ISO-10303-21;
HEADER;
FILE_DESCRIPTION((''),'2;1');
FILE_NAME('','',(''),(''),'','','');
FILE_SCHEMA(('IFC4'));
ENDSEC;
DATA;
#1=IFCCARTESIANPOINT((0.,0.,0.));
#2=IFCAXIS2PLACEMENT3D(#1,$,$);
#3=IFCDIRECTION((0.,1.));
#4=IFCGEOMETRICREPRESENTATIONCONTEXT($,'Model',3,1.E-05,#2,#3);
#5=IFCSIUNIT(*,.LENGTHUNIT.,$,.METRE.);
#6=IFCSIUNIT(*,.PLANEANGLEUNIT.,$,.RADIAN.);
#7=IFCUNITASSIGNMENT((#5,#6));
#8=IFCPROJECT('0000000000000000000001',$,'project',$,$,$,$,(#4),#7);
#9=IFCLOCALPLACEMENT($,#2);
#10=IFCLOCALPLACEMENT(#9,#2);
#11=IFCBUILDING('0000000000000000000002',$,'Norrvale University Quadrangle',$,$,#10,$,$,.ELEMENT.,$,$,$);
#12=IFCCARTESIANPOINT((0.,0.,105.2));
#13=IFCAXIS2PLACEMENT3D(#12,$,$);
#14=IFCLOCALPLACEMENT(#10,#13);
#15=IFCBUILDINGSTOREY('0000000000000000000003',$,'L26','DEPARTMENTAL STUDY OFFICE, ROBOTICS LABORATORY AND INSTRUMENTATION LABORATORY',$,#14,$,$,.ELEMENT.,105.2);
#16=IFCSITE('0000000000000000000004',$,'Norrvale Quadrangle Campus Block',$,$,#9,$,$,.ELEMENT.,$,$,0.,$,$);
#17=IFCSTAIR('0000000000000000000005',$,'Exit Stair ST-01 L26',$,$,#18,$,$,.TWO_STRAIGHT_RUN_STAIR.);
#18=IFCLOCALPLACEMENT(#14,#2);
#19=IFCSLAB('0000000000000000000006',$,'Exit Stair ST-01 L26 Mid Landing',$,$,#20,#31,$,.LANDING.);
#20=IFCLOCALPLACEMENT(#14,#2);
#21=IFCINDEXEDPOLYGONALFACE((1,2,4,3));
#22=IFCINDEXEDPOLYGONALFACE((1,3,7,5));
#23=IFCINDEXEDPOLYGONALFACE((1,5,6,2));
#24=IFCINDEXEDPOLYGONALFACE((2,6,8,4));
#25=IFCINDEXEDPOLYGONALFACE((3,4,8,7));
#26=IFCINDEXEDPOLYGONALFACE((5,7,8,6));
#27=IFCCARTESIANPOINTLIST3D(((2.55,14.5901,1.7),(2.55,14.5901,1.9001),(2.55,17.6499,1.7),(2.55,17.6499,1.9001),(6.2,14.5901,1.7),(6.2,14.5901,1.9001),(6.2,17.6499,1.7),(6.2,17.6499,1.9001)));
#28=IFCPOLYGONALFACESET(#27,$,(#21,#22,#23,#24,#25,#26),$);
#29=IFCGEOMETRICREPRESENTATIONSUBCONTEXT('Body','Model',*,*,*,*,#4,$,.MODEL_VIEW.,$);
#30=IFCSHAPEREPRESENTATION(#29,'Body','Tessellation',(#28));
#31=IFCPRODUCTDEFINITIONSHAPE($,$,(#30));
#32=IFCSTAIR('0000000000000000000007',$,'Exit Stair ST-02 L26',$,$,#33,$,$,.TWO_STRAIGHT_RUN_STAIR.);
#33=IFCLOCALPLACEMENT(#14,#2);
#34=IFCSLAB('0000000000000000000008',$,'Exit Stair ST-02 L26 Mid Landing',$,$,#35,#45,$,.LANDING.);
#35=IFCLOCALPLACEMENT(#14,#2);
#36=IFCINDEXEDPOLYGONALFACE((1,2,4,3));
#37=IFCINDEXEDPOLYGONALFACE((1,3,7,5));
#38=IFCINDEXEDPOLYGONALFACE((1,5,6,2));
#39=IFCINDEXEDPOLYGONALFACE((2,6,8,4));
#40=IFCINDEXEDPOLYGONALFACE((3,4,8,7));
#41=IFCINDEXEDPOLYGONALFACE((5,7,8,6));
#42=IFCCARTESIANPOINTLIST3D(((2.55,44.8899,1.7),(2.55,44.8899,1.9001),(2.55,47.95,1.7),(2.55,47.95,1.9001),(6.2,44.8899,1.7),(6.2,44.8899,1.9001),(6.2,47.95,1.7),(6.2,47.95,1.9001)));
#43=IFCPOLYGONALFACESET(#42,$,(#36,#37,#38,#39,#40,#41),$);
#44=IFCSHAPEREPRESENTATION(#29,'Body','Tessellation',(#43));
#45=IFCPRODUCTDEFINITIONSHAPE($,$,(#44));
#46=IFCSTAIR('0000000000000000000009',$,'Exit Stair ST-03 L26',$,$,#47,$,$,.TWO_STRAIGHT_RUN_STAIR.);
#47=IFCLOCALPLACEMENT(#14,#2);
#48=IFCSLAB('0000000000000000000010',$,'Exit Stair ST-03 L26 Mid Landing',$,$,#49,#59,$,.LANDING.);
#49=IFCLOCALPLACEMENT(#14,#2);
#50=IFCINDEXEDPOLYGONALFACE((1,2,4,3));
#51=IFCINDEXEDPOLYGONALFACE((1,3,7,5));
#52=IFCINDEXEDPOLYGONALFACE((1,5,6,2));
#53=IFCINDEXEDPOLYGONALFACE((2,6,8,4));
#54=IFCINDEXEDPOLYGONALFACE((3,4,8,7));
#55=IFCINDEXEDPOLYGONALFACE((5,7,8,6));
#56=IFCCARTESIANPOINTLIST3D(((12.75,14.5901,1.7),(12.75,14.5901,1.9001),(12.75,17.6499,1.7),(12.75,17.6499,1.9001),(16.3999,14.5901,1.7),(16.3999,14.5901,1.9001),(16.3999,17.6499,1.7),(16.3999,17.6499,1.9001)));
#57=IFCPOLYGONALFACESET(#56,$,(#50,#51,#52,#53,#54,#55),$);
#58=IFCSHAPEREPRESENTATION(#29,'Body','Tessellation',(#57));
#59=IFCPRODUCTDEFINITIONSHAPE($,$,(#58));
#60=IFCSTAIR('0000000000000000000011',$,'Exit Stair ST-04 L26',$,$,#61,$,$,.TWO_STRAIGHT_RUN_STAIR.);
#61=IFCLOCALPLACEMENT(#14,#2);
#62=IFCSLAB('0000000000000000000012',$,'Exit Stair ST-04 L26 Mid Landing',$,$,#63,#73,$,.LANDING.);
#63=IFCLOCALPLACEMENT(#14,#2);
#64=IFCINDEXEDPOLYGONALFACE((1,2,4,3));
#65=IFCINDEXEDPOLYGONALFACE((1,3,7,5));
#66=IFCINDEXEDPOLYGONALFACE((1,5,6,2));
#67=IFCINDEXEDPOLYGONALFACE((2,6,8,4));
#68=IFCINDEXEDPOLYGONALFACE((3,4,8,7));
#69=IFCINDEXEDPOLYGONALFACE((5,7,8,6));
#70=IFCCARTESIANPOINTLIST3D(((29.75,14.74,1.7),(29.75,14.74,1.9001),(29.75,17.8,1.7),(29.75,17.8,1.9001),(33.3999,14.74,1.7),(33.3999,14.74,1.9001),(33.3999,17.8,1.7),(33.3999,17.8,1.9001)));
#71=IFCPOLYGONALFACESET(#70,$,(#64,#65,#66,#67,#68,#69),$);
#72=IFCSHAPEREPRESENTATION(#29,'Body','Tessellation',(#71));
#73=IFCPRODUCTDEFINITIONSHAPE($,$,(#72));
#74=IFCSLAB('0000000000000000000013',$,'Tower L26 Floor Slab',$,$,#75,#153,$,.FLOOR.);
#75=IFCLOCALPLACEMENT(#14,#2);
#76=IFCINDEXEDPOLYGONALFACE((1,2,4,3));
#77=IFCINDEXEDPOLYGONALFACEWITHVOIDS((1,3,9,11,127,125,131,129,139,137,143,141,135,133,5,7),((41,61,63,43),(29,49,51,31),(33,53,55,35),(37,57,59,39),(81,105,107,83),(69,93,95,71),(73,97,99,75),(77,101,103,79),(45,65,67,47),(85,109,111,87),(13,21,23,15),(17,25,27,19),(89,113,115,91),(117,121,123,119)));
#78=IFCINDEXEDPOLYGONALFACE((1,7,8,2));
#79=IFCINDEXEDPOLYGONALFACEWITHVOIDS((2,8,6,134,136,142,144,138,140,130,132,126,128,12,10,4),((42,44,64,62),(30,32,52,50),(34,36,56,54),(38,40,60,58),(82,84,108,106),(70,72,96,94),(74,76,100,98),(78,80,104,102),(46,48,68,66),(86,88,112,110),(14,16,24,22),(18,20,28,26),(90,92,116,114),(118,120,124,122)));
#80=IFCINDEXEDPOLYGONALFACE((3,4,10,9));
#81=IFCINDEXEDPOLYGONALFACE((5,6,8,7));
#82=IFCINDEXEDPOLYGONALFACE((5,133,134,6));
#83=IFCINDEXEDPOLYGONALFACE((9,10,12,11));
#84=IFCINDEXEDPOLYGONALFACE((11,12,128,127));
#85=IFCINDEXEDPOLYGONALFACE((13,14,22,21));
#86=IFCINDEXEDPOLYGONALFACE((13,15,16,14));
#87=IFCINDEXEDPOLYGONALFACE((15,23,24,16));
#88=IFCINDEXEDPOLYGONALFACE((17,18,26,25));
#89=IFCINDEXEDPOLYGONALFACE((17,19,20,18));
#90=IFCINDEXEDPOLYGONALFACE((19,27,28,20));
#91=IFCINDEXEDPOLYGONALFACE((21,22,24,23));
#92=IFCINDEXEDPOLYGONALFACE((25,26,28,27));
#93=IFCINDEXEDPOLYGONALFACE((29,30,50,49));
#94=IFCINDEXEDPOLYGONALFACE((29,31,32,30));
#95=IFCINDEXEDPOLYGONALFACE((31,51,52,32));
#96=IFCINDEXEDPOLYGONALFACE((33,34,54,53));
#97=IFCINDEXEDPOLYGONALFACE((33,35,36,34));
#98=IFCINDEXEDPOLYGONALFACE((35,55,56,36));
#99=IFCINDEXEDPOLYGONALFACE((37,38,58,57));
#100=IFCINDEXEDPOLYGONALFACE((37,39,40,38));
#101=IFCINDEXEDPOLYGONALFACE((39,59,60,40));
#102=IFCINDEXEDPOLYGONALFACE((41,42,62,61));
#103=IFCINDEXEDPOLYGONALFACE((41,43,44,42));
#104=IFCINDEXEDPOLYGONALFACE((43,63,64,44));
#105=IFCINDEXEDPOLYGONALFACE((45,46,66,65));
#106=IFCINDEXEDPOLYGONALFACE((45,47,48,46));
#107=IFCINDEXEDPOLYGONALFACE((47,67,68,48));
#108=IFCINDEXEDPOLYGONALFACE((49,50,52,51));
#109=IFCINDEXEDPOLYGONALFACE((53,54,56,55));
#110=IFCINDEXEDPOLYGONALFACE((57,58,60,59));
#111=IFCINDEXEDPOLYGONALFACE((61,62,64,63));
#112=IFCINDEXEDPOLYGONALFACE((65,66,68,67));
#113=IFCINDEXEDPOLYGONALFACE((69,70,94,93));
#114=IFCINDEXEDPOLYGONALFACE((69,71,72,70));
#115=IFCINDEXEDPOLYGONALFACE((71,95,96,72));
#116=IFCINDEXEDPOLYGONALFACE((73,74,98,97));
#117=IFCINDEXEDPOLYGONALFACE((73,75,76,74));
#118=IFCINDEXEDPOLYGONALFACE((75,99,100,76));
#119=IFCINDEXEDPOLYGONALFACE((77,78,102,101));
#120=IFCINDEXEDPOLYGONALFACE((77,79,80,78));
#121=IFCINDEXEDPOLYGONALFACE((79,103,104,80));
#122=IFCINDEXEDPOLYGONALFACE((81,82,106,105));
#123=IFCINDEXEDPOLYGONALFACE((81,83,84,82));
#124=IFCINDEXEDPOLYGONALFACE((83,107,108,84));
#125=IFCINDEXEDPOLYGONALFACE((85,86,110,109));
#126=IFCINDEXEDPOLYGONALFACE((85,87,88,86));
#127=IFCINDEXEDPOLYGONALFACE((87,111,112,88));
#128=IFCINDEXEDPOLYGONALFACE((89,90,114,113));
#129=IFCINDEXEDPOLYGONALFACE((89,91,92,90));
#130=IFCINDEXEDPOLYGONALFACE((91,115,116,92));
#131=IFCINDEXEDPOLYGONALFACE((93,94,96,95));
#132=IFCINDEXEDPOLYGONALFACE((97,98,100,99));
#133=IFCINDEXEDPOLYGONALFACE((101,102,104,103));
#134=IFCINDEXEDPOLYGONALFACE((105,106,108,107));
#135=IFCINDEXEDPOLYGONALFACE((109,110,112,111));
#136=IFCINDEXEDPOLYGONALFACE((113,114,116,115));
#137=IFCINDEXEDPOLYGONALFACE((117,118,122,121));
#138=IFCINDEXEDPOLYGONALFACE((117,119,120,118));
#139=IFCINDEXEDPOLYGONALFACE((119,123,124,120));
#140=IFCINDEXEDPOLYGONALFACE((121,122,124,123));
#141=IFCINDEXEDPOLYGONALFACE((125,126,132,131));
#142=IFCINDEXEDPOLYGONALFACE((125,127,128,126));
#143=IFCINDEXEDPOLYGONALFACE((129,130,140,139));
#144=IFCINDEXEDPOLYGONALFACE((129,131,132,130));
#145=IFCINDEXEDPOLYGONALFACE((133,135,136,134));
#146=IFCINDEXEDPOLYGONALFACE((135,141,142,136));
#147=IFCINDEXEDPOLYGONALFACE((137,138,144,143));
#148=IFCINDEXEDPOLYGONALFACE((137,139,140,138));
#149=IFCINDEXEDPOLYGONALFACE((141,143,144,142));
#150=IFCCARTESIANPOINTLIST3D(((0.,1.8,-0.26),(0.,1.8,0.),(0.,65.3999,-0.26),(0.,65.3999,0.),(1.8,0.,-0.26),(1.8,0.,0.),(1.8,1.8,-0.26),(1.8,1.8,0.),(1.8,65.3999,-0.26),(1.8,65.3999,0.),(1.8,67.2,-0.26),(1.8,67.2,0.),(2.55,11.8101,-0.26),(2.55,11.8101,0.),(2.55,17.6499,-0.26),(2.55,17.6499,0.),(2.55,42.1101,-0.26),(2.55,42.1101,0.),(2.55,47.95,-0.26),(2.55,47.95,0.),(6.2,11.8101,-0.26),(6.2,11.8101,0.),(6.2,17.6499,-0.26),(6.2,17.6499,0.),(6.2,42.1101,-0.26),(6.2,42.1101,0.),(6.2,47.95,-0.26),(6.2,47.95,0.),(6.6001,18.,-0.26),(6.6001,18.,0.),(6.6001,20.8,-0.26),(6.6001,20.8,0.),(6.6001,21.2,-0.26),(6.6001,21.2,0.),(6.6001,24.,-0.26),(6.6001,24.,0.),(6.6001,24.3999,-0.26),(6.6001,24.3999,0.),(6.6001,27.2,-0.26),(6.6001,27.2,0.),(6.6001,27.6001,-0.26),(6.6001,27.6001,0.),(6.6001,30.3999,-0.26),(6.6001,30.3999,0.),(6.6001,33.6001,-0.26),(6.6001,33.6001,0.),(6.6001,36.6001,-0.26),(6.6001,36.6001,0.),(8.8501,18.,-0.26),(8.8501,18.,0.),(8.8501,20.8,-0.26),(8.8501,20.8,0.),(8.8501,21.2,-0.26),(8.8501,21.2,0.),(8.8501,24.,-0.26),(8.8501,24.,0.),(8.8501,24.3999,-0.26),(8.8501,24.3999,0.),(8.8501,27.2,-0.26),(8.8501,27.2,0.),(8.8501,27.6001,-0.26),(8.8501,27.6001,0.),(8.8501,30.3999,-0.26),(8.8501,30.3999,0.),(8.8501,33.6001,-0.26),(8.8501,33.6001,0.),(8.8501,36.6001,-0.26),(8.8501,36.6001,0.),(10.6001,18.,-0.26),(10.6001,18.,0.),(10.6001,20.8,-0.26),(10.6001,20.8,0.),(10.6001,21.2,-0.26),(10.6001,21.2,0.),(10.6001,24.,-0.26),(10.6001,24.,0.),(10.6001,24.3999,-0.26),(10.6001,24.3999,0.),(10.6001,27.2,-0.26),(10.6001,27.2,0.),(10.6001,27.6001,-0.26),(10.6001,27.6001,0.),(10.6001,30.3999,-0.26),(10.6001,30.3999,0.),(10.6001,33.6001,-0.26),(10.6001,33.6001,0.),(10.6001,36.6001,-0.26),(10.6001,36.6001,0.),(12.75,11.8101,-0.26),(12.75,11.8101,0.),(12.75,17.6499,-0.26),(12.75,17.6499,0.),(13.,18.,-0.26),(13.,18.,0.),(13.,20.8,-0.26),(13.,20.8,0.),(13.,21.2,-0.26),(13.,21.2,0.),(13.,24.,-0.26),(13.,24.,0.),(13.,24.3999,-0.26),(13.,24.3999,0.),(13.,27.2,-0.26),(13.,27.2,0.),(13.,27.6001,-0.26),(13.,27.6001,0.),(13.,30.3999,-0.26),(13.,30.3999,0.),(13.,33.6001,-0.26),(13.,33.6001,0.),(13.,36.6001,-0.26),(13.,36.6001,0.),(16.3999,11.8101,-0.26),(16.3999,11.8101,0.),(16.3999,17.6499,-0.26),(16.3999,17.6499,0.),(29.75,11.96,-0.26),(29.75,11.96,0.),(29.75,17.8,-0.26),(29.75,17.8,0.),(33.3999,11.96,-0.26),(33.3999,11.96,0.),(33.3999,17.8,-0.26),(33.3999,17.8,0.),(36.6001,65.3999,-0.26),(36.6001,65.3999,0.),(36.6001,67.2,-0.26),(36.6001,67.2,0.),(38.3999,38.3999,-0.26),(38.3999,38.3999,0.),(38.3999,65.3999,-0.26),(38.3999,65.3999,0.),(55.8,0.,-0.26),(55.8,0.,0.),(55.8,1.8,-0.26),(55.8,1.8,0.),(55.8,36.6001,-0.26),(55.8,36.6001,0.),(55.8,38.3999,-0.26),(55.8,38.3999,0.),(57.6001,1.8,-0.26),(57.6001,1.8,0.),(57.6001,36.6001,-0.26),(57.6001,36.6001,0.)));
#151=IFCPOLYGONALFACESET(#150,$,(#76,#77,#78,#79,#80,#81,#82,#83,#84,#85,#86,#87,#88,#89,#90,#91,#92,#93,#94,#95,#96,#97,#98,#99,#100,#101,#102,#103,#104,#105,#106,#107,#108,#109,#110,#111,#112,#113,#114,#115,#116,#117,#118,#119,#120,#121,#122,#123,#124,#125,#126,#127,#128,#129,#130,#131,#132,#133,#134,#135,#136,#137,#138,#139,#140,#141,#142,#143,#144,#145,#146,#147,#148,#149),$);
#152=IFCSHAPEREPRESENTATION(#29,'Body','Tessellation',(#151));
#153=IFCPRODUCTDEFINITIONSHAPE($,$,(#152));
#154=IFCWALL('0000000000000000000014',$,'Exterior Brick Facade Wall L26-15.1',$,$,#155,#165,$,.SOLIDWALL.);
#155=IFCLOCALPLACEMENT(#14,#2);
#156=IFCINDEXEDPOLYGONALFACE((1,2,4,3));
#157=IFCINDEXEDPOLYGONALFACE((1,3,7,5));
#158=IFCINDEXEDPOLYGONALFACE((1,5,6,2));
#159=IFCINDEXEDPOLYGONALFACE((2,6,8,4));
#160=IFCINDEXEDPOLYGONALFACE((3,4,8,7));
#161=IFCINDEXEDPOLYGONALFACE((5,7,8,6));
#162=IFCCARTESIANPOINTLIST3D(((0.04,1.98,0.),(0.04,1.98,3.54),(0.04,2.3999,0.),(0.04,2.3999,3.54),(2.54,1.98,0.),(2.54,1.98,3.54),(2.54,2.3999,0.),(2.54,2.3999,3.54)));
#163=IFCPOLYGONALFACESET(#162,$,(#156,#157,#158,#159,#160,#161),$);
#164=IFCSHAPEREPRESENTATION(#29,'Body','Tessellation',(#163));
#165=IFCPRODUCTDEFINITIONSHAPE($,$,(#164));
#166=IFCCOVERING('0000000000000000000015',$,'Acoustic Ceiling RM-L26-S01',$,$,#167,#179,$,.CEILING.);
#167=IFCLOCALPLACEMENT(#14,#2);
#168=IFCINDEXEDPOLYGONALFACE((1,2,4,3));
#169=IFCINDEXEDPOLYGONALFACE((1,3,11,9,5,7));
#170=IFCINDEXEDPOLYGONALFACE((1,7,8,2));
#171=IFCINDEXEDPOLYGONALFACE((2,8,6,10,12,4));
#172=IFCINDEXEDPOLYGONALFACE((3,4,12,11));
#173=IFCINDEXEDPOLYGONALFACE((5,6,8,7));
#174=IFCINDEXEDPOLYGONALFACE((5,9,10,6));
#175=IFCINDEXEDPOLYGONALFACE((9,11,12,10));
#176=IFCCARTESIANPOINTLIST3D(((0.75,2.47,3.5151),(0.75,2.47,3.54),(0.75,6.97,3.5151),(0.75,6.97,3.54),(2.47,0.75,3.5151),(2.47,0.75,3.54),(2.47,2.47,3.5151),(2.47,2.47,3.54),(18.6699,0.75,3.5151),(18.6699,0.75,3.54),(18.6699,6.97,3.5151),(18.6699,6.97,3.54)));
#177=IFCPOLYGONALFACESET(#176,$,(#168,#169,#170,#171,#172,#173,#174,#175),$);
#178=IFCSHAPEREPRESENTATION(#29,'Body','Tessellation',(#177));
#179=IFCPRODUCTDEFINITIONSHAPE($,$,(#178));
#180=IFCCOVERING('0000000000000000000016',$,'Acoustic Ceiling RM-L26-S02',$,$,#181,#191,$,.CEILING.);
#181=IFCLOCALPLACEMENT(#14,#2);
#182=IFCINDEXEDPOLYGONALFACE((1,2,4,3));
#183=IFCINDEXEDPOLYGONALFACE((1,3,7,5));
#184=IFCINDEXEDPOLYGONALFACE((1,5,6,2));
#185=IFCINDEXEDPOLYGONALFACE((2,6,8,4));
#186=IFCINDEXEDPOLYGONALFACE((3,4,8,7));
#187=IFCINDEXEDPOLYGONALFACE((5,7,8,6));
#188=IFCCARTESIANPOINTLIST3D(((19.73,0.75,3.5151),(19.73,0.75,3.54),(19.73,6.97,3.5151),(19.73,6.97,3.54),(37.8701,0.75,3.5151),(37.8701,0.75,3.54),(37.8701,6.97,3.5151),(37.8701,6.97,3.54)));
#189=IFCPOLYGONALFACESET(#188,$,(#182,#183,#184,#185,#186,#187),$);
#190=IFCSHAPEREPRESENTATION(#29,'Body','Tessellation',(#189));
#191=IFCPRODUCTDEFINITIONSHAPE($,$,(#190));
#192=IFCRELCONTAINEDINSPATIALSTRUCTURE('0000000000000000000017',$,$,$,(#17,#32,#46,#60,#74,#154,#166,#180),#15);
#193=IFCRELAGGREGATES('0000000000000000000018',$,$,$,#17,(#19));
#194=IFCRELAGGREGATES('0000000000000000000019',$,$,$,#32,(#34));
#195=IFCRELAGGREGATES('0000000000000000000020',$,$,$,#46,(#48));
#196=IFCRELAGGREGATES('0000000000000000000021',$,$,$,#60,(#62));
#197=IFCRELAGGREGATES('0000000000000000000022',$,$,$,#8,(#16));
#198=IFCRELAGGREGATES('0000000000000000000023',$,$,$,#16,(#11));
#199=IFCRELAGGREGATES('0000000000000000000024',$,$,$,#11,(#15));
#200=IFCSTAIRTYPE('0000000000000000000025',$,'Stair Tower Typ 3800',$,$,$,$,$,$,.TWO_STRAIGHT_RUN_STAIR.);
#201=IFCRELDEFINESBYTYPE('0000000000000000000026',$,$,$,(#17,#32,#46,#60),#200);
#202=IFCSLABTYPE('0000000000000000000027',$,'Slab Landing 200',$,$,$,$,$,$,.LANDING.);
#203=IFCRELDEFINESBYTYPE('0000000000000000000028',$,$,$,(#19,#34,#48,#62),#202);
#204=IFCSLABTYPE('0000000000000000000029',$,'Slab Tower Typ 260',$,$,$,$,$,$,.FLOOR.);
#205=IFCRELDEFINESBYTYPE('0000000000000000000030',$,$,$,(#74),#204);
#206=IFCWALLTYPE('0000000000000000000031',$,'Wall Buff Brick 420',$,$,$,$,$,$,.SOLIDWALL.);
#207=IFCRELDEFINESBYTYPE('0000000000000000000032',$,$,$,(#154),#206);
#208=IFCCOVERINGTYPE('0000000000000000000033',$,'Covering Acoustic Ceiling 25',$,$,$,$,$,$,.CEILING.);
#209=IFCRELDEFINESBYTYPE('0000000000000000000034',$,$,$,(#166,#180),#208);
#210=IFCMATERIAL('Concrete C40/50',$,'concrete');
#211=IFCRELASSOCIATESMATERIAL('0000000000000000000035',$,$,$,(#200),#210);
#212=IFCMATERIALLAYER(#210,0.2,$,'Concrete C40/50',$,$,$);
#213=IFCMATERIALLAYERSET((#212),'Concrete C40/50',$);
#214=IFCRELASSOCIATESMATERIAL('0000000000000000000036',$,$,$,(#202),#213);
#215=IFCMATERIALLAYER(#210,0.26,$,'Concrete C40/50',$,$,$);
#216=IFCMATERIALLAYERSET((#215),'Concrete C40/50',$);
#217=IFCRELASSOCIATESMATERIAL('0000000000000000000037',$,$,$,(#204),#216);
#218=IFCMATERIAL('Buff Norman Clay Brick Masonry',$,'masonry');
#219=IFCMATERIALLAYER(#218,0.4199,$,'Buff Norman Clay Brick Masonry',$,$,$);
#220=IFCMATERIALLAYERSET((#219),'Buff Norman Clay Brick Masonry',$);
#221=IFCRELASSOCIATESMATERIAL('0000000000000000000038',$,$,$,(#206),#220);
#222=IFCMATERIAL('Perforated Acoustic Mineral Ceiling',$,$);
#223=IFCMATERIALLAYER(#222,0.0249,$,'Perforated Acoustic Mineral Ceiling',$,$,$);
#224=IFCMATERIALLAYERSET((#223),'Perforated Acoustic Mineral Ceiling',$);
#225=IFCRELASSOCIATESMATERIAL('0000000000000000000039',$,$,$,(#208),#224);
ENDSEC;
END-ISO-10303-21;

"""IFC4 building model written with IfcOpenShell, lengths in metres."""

from ifc_helpers import new_model, si_unit, direction, frame, frame_2d, origin, place, context, subcontext, project, spatial, polyline, rectangle, outline, extrude, material, layer, layer_set, type_object, element, aggregate, save


model = new_model("IFC4")

# Units and contexts
model_context = context("Model", 3, precision=1e-05, world=origin(), true_north=direction((0.0, 1.0)))
body_context = subcontext(model_context, "Body", "Model", "MODEL_VIEW")
ifc_project = project(units=[si_unit("LENGTHUNIT", "METRE"), si_unit("PLANEANGLEUNIT", "RADIAN")], contexts=[model_context])

# Site, building, storey
site_placement = place(None, origin())
site = spatial("IfcSite", under=ifc_project, at=site_placement, Name="Norrvale Quadrangle Campus Block", CompositionType="ELEMENT", RefElevation=0.0)
building_placement = place(site_placement, origin())
building = spatial("IfcBuilding", under=site, at=building_placement, Name="Norrvale University Quadrangle", CompositionType="ELEMENT")
storey_placement = place(building_placement, frame((0.0, 0.0, 105.2)))
storey = spatial("IfcBuildingStorey", under=building, at=storey_placement, Name="L26", Description="DEPARTMENTAL STUDY OFFICE, ROBOTICS LABORATORY AND INSTRUMENTATION LABORATORY", CompositionType="ELEMENT", Elevation=105.2)

# Stairs, slabs
ifc_material_1 = material(Name="Concrete C40/50", Category="concrete")
stair_type = type_object("IfcStairType", Name="Stair Tower Typ 3800", PredefinedType="TWO_STRAIGHT_RUN_STAIR", material=ifc_material_1)
stair_1_placement = place(storey_placement, origin())
stair_1 = element("IfcStair", 1, at=stair_1_placement, inside=storey, type_object=stair_type, Name="Exit Stair ST-01 L26", PredefinedType="TWO_STRAIGHT_RUN_STAIR")
ifc_layer_1 = layer(ifc_material_1, 0.2, Name="Concrete C40/50")
ifc_layer_set_1 = layer_set([ifc_layer_1], Name="Concrete C40/50")
slab_type_1 = type_object("IfcSlabType", Name="Slab Landing 200", PredefinedType="LANDING", material=ifc_layer_set_1)
slab_1_placement = place(storey_placement, frame((0.0, 0.0, 1.7)))
slab_1 = element("IfcSlab", 2, at=slab_1_placement, type_object=slab_type_1, Name="Exit Stair ST-01 L26 Mid Landing", PredefinedType="LANDING", context=body_context, shape_type="SweptSolid", body=[
    extrude(outline(polyline([(2.55, 14.5901), (6.2, 14.5901), (6.2, 17.6499), (2.55, 17.6499), (2.55, 14.5901)])), origin(), (0.0, 0.0, 1.0), 0.2002),
])
aggregate(stair_1, [slab_1])
stair_2_placement = place(storey_placement, origin())
stair_2 = element("IfcStair", 3, at=stair_2_placement, inside=storey, type_object=stair_type, Name="Exit Stair ST-02 L26", PredefinedType="TWO_STRAIGHT_RUN_STAIR")
slab_2_placement = place(storey_placement, frame((0.0, 0.0, 1.7)))
slab_2 = element("IfcSlab", 4, at=slab_2_placement, type_object=slab_type_1, Name="Exit Stair ST-02 L26 Mid Landing", PredefinedType="LANDING", context=body_context, shape_type="SweptSolid", body=[
    extrude(outline(polyline([(2.55, 44.8899), (6.2, 44.8899), (6.2, 47.95), (2.55, 47.95), (2.55, 44.8899)])), origin(), (0.0, 0.0, 1.0), 0.2002),
])
aggregate(stair_2, [slab_2])
stair_3_placement = place(storey_placement, origin())
stair_3 = element("IfcStair", 5, at=stair_3_placement, inside=storey, type_object=stair_type, Name="Exit Stair ST-03 L26", PredefinedType="TWO_STRAIGHT_RUN_STAIR")
slab_3_placement = place(storey_placement, frame((0.0, 0.0, 1.7)))
slab_3 = element("IfcSlab", 6, at=slab_3_placement, type_object=slab_type_1, Name="Exit Stair ST-03 L26 Mid Landing", PredefinedType="LANDING", context=body_context, shape_type="SweptSolid", body=[
    extrude(outline(polyline([(12.75, 14.5901), (16.3999, 14.5901), (16.3999, 17.6499), (12.75, 17.6499), (12.75, 14.5901)])), origin(), (0.0, 0.0, 1.0), 0.2002),
])
aggregate(stair_3, [slab_3])
stair_4_placement = place(storey_placement, origin())
stair_4 = element("IfcStair", 7, at=stair_4_placement, inside=storey, type_object=stair_type, Name="Exit Stair ST-04 L26", PredefinedType="TWO_STRAIGHT_RUN_STAIR")
slab_4_placement = place(storey_placement, frame((0.0, 0.0, 1.7)))
slab_4 = element("IfcSlab", 8, at=slab_4_placement, type_object=slab_type_1, Name="Exit Stair ST-04 L26 Mid Landing", PredefinedType="LANDING", context=body_context, shape_type="SweptSolid", body=[
    extrude(outline(polyline([(29.75, 14.74), (33.3999, 14.74), (33.3999, 17.8), (29.75, 17.8), (29.75, 14.74)])), origin(), (0.0, 0.0, 1.0), 0.2002),
])
aggregate(stair_4, [slab_4])

# Slab
ifc_layer_2 = layer(ifc_material_1, 0.26, Name="Concrete C40/50")
ifc_layer_set_2 = layer_set([ifc_layer_2], Name="Concrete C40/50")
slab_type_2 = type_object("IfcSlabType", Name="Slab Tower Typ 260", PredefinedType="FLOOR", material=ifc_layer_set_2)
slab_5_placement = place(storey_placement, frame((0.0, 0.0, -0.26)))
element("IfcSlab", 9, at=slab_5_placement, inside=storey, type_object=slab_type_2, Name="Tower L26 Floor Slab", PredefinedType="FLOOR", context=body_context, shape_type="SweptSolid", body=[
    extrude(outline(polyline([(1.8, 0.0), (55.8, 0.0), (55.8, 1.8), (57.6001, 1.8), (57.6001, 36.6001), (55.8, 36.6001), (55.8, 38.3999), (38.3999, 38.3999), (38.3999, 65.3999), (36.6001, 65.3999), (36.6001, 67.2), (1.8, 67.2), (1.8, 65.3999), (0.0, 65.3999), (0.0, 1.8), (1.8, 1.8), (1.8, 0.0)]), holes=[polyline([(2.55, 11.8101), (6.2, 11.8101), (6.2, 17.6499), (2.55, 17.6499), (2.55, 11.8101)]), polyline([(2.55, 42.1101), (6.2, 42.1101), (6.2, 47.95), (2.55, 47.95), (2.55, 42.1101)]), polyline([(12.75, 11.8101), (16.3999, 11.8101), (16.3999, 17.6499), (12.75, 17.6499), (12.75, 11.8101)]), polyline([(29.75, 11.96), (33.3999, 11.96), (33.3999, 17.8), (29.75, 17.8), (29.75, 11.96)]), polyline([(6.6001, 18.0), (8.8501, 18.0), (8.8501, 20.8), (6.6001, 20.8), (6.6001, 18.0)]), polyline([(6.6001, 21.2), (8.8501, 21.2), (8.8501, 24.0), (6.6001, 24.0), (6.6001, 21.2)]), polyline([(6.6001, 24.3999), (8.8501, 24.3999), (8.8501, 27.2), (6.6001, 27.2), (6.6001, 24.3999)]), polyline([(6.6001, 27.6001), (8.8501, 27.6001), (8.8501, 30.3999), (6.6001, 30.3999), (6.6001, 27.6001)]), polyline([(10.6001, 18.0), (13.0, 18.0), (13.0, 20.8), (10.6001, 20.8), (10.6001, 18.0)]), polyline([(10.6001, 21.2), (13.0, 21.2), (13.0, 24.0), (10.6001, 24.0), (10.6001, 21.2)]), polyline([(10.6001, 24.3999), (13.0, 24.3999), (13.0, 27.2), (10.6001, 27.2), (10.6001, 24.3999)]), polyline([(10.6001, 27.6001), (13.0, 27.6001), (13.0, 30.3999), (10.6001, 30.3999), (10.6001, 27.6001)]), polyline([(6.6001, 33.6001), (8.8501, 33.6001), (8.8501, 36.6001), (6.6001, 36.6001), (6.6001, 33.6001)]), polyline([(10.6001, 33.6001), (13.0, 33.6001), (13.0, 36.6001), (10.6001, 36.6001), (10.6001, 33.6001)])]), origin(), (0.0, 0.0, 1.0), 0.26),
])

# Wall
ifc_material_2 = material(Name="Buff Norman Clay Brick Masonry", Category="masonry")
ifc_layer_3 = layer(ifc_material_2, 0.4199, Name="Buff Norman Clay Brick Masonry")
ifc_layer_set_3 = layer_set([ifc_layer_3], Name="Buff Norman Clay Brick Masonry")
wall_type = type_object("IfcWallType", Name="Wall Buff Brick 420", PredefinedType="SOLIDWALL", material=ifc_layer_set_3)
wall_placement = place(storey_placement, frame((0.04, 2.1899, 0.0), z_axis=(0.0, 0.0, 1.0), x_axis=(1.0, 0.0, 0.0)))
element("IfcWall", 10, at=wall_placement, inside=storey, type_object=wall_type, Name="Exterior Brick Facade Wall L26-15.1", PredefinedType="SOLIDWALL", context=body_context, shape_type="SweptSolid", body=[
    extrude(rectangle(XDim=2.5, YDim=0.4199, at=frame_2d((1.25, 0.0))), origin(), (0.0, 0.0, 1.0), 3.54),
])

# Coverings
ifc_material_3 = material(Name="Perforated Acoustic Mineral Ceiling")
ifc_layer_4 = layer(ifc_material_3, 0.0249, Name="Perforated Acoustic Mineral Ceiling")
ifc_layer_set_4 = layer_set([ifc_layer_4], Name="Perforated Acoustic Mineral Ceiling")
covering_type_1 = type_object("IfcCoveringType", Name="Covering Acoustic Ceiling 25", PredefinedType="CEILING", material=ifc_layer_set_4)
covering_1_placement = place(storey_placement, frame((0.0, 0.0, 3.5151)))
element("IfcCovering", 11, at=covering_1_placement, inside=storey, type_object=covering_type_1, Name="Acoustic Ceiling RM-L26-S01", PredefinedType="CEILING", context=body_context, shape_type="SweptSolid", body=[
    extrude(outline(polyline([(0.75, 6.97), (18.6699, 6.97), (18.6699, 0.75), (2.47, 0.75), (2.47, 2.47), (0.75, 2.47), (0.75, 6.97)])), origin(), (0.0, 0.0, 1.0), 0.0249),
])
covering_2_placement = place(storey_placement, frame((0.0, 0.0, 3.5151)))
element("IfcCovering", 12, at=covering_2_placement, inside=storey, type_object=covering_type_1, Name="Acoustic Ceiling RM-L26-S02", PredefinedType="CEILING", context=body_context, shape_type="SweptSolid", body=[
    extrude(outline(polyline([(19.73, 6.97), (37.8701, 6.97), (37.8701, 0.75), (19.73, 0.75), (19.73, 6.97)])), origin(), (0.0, 0.0, 1.0), 0.0249),
])

save(model, "model.ifc")
